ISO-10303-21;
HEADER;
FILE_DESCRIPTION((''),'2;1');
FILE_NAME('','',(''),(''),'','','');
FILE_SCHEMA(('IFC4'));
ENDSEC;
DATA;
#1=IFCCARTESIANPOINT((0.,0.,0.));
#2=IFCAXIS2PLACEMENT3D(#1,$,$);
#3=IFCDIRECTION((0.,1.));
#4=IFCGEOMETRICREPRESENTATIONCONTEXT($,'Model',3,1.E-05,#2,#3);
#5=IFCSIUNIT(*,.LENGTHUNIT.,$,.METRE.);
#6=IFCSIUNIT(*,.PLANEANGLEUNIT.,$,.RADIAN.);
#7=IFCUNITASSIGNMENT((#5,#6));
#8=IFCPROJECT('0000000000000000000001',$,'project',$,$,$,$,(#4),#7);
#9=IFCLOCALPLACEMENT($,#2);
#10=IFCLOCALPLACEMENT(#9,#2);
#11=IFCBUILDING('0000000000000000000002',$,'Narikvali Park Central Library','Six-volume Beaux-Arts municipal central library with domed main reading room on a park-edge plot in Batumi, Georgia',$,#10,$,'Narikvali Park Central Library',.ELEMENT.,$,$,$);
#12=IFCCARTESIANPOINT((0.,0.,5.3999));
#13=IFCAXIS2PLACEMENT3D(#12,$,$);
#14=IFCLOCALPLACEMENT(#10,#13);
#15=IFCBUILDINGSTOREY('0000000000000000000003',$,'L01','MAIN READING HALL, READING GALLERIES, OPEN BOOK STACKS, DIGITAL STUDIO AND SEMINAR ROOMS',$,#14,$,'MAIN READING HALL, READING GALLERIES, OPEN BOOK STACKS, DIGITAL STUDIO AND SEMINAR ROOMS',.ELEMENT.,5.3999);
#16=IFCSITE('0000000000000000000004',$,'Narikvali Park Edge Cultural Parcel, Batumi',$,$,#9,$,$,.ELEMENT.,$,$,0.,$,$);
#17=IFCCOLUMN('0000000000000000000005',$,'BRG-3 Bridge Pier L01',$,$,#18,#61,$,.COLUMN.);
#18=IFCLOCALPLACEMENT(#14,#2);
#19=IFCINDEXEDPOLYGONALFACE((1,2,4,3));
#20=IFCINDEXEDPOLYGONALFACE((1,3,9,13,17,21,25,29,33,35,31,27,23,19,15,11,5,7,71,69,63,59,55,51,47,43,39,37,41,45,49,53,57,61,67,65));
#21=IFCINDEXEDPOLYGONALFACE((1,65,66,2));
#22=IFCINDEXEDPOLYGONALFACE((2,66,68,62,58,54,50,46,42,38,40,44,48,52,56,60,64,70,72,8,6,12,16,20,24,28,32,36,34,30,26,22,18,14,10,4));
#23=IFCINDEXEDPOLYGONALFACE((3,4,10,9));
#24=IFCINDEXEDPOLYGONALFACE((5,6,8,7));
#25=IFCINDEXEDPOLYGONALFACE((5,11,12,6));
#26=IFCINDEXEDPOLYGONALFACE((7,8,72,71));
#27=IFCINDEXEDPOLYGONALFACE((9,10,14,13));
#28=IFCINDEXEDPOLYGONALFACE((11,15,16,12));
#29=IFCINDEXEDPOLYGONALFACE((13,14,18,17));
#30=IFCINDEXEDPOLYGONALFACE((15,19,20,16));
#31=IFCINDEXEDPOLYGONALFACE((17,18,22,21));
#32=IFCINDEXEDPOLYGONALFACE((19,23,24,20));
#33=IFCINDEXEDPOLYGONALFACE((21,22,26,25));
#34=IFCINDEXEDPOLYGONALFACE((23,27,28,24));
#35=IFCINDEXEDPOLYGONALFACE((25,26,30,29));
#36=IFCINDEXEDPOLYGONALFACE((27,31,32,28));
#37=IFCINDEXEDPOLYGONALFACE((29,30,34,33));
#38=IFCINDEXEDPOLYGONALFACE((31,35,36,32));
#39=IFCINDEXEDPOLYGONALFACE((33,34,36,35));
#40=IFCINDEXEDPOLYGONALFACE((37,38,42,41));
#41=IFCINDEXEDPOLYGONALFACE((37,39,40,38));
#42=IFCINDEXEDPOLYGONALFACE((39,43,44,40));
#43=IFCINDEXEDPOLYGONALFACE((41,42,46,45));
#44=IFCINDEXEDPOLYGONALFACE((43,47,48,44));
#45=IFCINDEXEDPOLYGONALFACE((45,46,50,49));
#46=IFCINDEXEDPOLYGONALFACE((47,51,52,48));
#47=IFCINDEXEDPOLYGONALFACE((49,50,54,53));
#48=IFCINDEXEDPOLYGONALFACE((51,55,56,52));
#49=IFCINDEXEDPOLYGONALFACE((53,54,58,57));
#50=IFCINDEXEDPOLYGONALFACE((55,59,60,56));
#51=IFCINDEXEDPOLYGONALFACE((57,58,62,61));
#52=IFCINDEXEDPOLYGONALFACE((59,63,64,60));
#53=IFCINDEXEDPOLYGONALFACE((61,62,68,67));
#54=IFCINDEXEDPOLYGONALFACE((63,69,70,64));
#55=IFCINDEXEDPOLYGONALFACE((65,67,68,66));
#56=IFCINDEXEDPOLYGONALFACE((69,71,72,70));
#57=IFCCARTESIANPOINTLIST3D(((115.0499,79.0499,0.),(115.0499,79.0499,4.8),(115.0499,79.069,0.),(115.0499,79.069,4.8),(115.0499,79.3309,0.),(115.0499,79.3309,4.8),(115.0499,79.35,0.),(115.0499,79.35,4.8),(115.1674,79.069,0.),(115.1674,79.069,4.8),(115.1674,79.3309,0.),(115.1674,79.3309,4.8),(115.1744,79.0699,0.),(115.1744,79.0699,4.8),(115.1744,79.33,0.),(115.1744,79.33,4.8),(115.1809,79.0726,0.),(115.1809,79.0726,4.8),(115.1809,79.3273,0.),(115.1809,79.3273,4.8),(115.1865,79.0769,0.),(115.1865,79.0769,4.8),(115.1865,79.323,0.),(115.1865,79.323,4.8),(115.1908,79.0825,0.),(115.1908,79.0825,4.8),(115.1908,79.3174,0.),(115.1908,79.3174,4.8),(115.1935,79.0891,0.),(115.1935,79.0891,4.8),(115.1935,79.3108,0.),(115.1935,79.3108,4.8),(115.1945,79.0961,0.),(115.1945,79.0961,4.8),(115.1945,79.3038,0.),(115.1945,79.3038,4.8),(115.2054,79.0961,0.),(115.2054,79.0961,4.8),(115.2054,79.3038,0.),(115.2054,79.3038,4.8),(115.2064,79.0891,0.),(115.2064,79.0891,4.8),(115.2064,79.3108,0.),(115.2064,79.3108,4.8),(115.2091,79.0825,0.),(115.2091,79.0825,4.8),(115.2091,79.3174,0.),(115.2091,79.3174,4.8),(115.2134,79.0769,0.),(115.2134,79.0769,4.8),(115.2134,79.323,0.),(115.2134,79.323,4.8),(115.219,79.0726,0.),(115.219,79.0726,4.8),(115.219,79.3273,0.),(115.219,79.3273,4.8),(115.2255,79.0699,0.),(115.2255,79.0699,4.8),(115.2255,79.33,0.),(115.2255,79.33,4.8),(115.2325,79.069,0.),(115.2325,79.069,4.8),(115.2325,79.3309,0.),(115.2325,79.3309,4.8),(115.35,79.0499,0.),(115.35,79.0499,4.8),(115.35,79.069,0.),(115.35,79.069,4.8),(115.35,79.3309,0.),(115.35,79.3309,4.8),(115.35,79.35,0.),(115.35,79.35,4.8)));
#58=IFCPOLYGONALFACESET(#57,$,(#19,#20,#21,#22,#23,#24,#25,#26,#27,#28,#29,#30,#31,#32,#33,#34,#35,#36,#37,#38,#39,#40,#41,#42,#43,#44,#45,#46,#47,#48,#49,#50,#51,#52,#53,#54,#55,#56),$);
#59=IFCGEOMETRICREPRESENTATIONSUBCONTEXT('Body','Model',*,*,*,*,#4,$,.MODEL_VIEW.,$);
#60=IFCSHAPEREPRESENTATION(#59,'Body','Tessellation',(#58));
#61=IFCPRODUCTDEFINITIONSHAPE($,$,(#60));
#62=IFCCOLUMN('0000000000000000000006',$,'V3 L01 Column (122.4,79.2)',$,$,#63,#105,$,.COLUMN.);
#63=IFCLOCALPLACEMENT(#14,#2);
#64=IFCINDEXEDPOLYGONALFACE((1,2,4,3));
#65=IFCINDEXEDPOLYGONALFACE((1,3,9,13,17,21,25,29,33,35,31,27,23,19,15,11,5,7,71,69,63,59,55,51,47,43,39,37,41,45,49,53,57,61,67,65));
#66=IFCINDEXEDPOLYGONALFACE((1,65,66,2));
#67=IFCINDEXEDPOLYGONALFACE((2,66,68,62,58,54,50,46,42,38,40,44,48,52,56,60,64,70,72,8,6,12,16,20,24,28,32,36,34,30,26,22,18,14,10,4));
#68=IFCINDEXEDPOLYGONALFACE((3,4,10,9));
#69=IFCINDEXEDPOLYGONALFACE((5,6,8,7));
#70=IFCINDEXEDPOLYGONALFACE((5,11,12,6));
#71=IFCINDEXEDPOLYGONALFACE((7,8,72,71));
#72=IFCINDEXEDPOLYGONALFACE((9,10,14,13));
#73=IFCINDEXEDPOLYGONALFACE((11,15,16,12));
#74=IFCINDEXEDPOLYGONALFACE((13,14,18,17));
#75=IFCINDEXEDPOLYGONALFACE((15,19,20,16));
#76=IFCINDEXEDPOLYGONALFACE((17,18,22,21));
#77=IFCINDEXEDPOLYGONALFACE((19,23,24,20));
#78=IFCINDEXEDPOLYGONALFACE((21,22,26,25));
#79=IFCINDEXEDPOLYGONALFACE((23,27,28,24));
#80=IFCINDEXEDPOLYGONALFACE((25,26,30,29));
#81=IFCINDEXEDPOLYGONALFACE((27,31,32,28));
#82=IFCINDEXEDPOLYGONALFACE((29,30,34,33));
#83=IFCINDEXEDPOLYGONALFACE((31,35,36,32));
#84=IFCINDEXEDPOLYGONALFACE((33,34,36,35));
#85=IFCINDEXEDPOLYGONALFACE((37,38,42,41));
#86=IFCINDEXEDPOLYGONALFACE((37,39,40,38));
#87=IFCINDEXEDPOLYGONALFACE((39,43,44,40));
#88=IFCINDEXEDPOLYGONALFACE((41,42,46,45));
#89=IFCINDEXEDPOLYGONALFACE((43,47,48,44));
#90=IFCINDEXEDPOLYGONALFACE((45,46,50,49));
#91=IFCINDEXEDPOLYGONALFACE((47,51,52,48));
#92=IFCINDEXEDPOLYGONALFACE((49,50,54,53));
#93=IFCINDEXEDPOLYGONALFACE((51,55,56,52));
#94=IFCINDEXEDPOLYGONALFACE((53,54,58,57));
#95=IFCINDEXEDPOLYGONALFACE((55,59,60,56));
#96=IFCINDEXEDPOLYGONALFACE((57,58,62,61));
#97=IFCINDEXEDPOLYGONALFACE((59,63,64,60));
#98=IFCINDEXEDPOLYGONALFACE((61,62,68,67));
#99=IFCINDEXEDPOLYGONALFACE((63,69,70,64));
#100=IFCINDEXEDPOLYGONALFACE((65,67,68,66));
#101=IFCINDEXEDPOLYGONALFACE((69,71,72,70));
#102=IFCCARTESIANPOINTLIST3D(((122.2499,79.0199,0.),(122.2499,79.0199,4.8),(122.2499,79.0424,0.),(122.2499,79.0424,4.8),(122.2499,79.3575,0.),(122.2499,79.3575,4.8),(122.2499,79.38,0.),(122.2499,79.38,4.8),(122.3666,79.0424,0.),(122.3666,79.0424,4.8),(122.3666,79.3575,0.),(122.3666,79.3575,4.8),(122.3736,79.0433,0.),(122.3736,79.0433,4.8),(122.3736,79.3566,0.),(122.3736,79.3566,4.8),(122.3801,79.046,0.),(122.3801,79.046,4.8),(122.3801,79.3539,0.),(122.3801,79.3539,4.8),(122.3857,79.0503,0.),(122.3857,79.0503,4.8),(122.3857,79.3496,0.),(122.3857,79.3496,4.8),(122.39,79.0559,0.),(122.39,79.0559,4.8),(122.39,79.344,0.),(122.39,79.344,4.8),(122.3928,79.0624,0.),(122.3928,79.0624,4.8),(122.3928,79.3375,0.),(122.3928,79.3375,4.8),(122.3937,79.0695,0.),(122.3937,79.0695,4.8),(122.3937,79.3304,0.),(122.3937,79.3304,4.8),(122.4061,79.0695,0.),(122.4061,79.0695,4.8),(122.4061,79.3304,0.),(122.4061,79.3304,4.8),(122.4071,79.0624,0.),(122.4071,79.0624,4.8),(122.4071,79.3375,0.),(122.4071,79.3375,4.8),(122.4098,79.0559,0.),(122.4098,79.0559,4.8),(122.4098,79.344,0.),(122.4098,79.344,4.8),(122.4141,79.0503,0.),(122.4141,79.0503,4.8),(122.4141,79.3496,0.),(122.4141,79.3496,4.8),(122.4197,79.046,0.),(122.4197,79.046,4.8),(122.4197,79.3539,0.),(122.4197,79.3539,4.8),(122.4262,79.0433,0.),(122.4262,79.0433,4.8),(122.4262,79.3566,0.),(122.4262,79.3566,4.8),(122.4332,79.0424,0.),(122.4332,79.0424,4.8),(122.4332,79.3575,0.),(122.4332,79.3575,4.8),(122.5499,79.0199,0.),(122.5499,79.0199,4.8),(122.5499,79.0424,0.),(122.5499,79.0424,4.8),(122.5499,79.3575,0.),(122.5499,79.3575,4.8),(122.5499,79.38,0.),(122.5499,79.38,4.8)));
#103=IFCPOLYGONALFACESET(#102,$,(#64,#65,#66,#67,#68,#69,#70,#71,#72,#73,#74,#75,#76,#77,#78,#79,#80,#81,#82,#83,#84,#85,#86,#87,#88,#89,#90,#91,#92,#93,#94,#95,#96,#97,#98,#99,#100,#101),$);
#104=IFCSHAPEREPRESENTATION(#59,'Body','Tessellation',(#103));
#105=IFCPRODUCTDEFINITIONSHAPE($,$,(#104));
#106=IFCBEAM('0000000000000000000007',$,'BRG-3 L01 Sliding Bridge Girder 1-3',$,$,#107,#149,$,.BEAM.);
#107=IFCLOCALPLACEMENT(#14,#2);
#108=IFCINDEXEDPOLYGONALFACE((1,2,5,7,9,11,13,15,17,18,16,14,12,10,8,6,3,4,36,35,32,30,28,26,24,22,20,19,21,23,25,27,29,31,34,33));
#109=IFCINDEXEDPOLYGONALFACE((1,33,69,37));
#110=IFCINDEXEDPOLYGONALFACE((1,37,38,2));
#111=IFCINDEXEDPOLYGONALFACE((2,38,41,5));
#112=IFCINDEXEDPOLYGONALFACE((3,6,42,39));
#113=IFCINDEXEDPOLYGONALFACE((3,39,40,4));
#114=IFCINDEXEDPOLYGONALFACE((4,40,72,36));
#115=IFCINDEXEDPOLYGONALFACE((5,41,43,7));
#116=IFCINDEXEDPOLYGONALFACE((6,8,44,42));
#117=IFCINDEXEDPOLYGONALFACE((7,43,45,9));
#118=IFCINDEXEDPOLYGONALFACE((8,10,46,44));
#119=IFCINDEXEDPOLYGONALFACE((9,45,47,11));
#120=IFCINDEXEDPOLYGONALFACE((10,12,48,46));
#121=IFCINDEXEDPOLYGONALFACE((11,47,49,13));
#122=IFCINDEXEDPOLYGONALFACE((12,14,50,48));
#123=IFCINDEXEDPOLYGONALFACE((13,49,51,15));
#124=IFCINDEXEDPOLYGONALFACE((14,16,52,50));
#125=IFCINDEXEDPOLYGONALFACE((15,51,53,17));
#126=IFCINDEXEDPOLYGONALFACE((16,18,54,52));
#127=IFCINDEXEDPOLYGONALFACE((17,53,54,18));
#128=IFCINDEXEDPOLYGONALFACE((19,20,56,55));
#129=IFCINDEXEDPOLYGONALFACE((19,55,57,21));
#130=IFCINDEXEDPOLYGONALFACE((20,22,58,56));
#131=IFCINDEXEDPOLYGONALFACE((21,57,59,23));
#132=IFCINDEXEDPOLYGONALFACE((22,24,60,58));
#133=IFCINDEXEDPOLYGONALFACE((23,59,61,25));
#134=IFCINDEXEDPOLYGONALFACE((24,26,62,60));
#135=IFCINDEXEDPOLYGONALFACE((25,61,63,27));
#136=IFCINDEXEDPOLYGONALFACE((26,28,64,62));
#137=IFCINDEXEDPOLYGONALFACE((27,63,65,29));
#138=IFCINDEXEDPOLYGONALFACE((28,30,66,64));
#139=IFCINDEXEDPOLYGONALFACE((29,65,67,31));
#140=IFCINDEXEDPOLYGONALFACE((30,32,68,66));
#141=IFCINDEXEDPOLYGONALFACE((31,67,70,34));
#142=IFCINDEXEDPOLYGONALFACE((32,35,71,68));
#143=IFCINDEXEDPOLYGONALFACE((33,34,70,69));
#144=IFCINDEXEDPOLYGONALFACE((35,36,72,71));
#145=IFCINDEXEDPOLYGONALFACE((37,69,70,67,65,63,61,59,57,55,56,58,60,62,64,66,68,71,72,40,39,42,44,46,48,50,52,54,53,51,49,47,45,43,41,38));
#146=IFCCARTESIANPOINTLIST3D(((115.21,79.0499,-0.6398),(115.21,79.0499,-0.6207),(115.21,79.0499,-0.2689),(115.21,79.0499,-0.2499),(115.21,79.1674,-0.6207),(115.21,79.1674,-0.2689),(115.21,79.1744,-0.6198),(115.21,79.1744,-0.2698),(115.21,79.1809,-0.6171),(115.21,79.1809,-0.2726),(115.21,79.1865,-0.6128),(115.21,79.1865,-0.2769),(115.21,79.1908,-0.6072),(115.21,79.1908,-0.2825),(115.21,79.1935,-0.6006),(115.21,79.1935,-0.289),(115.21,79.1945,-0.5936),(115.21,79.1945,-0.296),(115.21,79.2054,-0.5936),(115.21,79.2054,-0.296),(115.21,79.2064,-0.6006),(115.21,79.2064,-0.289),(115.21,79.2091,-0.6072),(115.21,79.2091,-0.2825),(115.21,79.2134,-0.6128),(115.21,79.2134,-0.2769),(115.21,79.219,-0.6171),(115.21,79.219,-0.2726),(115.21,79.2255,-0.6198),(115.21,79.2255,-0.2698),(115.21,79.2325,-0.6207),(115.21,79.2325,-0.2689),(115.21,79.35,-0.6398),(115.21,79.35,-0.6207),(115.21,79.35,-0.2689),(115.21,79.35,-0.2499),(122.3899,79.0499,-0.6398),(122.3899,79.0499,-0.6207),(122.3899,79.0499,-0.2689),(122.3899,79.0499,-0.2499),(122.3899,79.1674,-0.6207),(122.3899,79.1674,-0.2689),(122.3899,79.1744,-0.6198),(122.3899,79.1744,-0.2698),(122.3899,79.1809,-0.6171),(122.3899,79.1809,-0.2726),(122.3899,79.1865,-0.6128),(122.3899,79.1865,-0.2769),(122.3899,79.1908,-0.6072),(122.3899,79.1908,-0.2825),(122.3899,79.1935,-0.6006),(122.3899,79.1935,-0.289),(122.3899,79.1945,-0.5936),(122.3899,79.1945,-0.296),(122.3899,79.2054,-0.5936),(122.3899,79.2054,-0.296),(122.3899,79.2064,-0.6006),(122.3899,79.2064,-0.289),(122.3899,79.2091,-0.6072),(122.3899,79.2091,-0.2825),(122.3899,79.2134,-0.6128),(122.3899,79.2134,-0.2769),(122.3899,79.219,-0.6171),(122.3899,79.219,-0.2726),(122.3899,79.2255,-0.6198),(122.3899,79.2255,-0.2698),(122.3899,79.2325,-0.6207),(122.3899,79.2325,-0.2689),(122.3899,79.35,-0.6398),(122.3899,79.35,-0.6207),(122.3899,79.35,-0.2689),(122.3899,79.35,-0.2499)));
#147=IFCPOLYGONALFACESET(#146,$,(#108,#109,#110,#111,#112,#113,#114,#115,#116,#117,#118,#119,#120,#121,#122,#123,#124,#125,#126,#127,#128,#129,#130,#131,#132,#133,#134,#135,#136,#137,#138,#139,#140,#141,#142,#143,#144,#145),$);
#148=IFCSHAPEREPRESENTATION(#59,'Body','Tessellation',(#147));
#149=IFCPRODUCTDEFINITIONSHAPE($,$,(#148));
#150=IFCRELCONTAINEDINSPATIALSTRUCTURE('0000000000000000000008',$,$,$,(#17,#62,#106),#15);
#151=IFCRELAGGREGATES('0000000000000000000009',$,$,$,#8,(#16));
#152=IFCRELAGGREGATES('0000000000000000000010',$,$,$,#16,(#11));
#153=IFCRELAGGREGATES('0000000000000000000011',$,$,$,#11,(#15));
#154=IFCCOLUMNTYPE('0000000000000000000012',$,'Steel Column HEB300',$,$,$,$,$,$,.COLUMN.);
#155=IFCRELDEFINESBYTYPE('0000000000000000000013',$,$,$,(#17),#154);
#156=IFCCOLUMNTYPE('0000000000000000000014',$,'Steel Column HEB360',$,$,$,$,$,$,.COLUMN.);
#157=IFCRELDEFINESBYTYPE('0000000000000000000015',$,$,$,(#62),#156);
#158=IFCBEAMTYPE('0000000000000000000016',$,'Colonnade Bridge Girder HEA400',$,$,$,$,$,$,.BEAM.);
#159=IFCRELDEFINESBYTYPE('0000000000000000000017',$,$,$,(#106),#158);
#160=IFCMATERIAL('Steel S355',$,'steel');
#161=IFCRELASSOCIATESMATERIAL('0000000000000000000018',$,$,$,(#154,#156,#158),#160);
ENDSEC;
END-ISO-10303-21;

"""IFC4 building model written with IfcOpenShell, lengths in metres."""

from ifc_helpers import new_model, si_unit, direction, frame, origin, origin_2d, place, context, subcontext, project, spatial, i_section, extrude, material, material_profile, profile_set, type_object, element, save


model = new_model("IFC4")

# Units and contexts
model_context = context("Model", 3, precision=1e-05, world=origin(), true_north=direction((0.0, 1.0)))
body_context = subcontext(model_context, "Body", "Model", "MODEL_VIEW")
ifc_project = project(units=[si_unit("LENGTHUNIT", "METRE"), si_unit("PLANEANGLEUNIT", "RADIAN")], contexts=[model_context])

# Site, building, storey
site_placement = place(None, origin())
site = spatial("IfcSite", under=ifc_project, at=site_placement, Name="Narikvali Park Edge Cultural Parcel, Batumi", CompositionType="ELEMENT", RefElevation=0.0)
building_placement = place(site_placement, origin())
building = spatial("IfcBuilding", under=site, at=building_placement, Name="Narikvali Park Central Library", Description="Six-volume Beaux-Arts municipal central library with domed main reading room on a park-edge plot in Batumi, Georgia", LongName="Narikvali Park Central Library", CompositionType="ELEMENT")
storey_placement = place(building_placement, frame((0.0, 0.0, 5.3999)))
storey = spatial("IfcBuildingStorey", under=building, at=storey_placement, Name="L01", Description="MAIN READING HALL, READING GALLERIES, OPEN BOOK STACKS, DIGITAL STUDIO AND SEMINAR ROOMS", LongName="MAIN READING HALL, READING GALLERIES, OPEN BOOK STACKS, DIGITAL STUDIO AND SEMINAR ROOMS", CompositionType="ELEMENT", Elevation=5.3999)

# Columns
ifc_material_1 = material(Name="Steel S355", Category="steel")
ifc_material_profile_1 = material_profile(ifc_material_1, i_section(OverallWidth=0.3, OverallDepth=0.3, WebThickness=0.011, FlangeThickness=0.019, FilletRadius=0.0271, at=origin_2d()), Name="HEB 300")
ifc_profile_set_1 = profile_set([ifc_material_profile_1], Name="Steel S355")
column_type_1 = type_object("IfcColumnType", Name="Steel Column HEB300", PredefinedType="COLUMN", material=ifc_profile_set_1)
column_1_placement = place(storey_placement, frame((115.2, 79.2, 0.0), z_axis=(0.0, 0.0, 1.0), x_axis=(1.0, 0.0, 0.0)))
element("IfcColumn", 1, at=column_1_placement, inside=storey, type_object=column_type_1, Name="BRG-3 Bridge Pier L01", PredefinedType="COLUMN", context=body_context, shape_type="SweptSolid", body=[
    extrude(i_section(OverallWidth=0.3, OverallDepth=0.3, WebThickness=0.011, FlangeThickness=0.019, FilletRadius=0.0271, at=origin_2d()), origin(), (0.0, 0.0, 1.0), 4.8),
])
ifc_material_profile_2 = material_profile(ifc_material_1, i_section(OverallWidth=0.3, OverallDepth=0.3601, WebThickness=0.0125, FlangeThickness=0.0225, FilletRadius=0.0271, at=origin_2d()), Name="HEB 360")
ifc_profile_set_2 = profile_set([ifc_material_profile_2], Name="Steel S355")
column_type_2 = type_object("IfcColumnType", Name="Steel Column HEB360", PredefinedType="COLUMN", material=ifc_profile_set_2)
column_2_placement = place(storey_placement, frame((122.3999, 79.2, 0.0), z_axis=(0.0, 0.0, 1.0), x_axis=(1.0, 0.0, 0.0)))
element("IfcColumn", 2, at=column_2_placement, inside=storey, type_object=column_type_2, Name="V3 L01 Column (122.4,79.2)", PredefinedType="COLUMN", context=body_context, shape_type="SweptSolid", body=[
    extrude(i_section(OverallWidth=0.3, OverallDepth=0.3601, WebThickness=0.0125, FlangeThickness=0.0225, FilletRadius=0.0271, at=origin_2d()), origin(), (0.0, 0.0, 1.0), 4.8),
])

# Beam
ifc_material_profile_3 = material_profile(ifc_material_1, i_section(OverallWidth=0.3, OverallDepth=0.3899, WebThickness=0.011, FlangeThickness=0.019, FilletRadius=0.0271, at=origin_2d()), Name="HEA 400")
ifc_profile_set_3 = profile_set([ifc_material_profile_3], Name="Steel S355")
beam_type_1 = type_object("IfcBeamType", Name="Colonnade Bridge Girder HEA400", PredefinedType="BEAM", material=ifc_profile_set_3)
beam_1_placement = place(storey_placement, frame((115.21, 79.2, -0.4448), z_axis=(1.0, 0.0, 0.0), x_axis=(0.0, 1.0, 0.0)))
element("IfcBeam", 3, at=beam_1_placement, inside=storey, type_object=beam_type_1, Name="BRG-3 L01 Sliding Bridge Girder 1-3", PredefinedType="BEAM", context=body_context, shape_type="SweptSolid", body=[
    extrude(i_section(OverallWidth=0.3, OverallDepth=0.3899, WebThickness=0.011, FlangeThickness=0.019, FilletRadius=0.0271, at=origin_2d()), origin(), (0.0, 0.0, 1.0), 7.1799),
])

save(model, "model.ifc")
